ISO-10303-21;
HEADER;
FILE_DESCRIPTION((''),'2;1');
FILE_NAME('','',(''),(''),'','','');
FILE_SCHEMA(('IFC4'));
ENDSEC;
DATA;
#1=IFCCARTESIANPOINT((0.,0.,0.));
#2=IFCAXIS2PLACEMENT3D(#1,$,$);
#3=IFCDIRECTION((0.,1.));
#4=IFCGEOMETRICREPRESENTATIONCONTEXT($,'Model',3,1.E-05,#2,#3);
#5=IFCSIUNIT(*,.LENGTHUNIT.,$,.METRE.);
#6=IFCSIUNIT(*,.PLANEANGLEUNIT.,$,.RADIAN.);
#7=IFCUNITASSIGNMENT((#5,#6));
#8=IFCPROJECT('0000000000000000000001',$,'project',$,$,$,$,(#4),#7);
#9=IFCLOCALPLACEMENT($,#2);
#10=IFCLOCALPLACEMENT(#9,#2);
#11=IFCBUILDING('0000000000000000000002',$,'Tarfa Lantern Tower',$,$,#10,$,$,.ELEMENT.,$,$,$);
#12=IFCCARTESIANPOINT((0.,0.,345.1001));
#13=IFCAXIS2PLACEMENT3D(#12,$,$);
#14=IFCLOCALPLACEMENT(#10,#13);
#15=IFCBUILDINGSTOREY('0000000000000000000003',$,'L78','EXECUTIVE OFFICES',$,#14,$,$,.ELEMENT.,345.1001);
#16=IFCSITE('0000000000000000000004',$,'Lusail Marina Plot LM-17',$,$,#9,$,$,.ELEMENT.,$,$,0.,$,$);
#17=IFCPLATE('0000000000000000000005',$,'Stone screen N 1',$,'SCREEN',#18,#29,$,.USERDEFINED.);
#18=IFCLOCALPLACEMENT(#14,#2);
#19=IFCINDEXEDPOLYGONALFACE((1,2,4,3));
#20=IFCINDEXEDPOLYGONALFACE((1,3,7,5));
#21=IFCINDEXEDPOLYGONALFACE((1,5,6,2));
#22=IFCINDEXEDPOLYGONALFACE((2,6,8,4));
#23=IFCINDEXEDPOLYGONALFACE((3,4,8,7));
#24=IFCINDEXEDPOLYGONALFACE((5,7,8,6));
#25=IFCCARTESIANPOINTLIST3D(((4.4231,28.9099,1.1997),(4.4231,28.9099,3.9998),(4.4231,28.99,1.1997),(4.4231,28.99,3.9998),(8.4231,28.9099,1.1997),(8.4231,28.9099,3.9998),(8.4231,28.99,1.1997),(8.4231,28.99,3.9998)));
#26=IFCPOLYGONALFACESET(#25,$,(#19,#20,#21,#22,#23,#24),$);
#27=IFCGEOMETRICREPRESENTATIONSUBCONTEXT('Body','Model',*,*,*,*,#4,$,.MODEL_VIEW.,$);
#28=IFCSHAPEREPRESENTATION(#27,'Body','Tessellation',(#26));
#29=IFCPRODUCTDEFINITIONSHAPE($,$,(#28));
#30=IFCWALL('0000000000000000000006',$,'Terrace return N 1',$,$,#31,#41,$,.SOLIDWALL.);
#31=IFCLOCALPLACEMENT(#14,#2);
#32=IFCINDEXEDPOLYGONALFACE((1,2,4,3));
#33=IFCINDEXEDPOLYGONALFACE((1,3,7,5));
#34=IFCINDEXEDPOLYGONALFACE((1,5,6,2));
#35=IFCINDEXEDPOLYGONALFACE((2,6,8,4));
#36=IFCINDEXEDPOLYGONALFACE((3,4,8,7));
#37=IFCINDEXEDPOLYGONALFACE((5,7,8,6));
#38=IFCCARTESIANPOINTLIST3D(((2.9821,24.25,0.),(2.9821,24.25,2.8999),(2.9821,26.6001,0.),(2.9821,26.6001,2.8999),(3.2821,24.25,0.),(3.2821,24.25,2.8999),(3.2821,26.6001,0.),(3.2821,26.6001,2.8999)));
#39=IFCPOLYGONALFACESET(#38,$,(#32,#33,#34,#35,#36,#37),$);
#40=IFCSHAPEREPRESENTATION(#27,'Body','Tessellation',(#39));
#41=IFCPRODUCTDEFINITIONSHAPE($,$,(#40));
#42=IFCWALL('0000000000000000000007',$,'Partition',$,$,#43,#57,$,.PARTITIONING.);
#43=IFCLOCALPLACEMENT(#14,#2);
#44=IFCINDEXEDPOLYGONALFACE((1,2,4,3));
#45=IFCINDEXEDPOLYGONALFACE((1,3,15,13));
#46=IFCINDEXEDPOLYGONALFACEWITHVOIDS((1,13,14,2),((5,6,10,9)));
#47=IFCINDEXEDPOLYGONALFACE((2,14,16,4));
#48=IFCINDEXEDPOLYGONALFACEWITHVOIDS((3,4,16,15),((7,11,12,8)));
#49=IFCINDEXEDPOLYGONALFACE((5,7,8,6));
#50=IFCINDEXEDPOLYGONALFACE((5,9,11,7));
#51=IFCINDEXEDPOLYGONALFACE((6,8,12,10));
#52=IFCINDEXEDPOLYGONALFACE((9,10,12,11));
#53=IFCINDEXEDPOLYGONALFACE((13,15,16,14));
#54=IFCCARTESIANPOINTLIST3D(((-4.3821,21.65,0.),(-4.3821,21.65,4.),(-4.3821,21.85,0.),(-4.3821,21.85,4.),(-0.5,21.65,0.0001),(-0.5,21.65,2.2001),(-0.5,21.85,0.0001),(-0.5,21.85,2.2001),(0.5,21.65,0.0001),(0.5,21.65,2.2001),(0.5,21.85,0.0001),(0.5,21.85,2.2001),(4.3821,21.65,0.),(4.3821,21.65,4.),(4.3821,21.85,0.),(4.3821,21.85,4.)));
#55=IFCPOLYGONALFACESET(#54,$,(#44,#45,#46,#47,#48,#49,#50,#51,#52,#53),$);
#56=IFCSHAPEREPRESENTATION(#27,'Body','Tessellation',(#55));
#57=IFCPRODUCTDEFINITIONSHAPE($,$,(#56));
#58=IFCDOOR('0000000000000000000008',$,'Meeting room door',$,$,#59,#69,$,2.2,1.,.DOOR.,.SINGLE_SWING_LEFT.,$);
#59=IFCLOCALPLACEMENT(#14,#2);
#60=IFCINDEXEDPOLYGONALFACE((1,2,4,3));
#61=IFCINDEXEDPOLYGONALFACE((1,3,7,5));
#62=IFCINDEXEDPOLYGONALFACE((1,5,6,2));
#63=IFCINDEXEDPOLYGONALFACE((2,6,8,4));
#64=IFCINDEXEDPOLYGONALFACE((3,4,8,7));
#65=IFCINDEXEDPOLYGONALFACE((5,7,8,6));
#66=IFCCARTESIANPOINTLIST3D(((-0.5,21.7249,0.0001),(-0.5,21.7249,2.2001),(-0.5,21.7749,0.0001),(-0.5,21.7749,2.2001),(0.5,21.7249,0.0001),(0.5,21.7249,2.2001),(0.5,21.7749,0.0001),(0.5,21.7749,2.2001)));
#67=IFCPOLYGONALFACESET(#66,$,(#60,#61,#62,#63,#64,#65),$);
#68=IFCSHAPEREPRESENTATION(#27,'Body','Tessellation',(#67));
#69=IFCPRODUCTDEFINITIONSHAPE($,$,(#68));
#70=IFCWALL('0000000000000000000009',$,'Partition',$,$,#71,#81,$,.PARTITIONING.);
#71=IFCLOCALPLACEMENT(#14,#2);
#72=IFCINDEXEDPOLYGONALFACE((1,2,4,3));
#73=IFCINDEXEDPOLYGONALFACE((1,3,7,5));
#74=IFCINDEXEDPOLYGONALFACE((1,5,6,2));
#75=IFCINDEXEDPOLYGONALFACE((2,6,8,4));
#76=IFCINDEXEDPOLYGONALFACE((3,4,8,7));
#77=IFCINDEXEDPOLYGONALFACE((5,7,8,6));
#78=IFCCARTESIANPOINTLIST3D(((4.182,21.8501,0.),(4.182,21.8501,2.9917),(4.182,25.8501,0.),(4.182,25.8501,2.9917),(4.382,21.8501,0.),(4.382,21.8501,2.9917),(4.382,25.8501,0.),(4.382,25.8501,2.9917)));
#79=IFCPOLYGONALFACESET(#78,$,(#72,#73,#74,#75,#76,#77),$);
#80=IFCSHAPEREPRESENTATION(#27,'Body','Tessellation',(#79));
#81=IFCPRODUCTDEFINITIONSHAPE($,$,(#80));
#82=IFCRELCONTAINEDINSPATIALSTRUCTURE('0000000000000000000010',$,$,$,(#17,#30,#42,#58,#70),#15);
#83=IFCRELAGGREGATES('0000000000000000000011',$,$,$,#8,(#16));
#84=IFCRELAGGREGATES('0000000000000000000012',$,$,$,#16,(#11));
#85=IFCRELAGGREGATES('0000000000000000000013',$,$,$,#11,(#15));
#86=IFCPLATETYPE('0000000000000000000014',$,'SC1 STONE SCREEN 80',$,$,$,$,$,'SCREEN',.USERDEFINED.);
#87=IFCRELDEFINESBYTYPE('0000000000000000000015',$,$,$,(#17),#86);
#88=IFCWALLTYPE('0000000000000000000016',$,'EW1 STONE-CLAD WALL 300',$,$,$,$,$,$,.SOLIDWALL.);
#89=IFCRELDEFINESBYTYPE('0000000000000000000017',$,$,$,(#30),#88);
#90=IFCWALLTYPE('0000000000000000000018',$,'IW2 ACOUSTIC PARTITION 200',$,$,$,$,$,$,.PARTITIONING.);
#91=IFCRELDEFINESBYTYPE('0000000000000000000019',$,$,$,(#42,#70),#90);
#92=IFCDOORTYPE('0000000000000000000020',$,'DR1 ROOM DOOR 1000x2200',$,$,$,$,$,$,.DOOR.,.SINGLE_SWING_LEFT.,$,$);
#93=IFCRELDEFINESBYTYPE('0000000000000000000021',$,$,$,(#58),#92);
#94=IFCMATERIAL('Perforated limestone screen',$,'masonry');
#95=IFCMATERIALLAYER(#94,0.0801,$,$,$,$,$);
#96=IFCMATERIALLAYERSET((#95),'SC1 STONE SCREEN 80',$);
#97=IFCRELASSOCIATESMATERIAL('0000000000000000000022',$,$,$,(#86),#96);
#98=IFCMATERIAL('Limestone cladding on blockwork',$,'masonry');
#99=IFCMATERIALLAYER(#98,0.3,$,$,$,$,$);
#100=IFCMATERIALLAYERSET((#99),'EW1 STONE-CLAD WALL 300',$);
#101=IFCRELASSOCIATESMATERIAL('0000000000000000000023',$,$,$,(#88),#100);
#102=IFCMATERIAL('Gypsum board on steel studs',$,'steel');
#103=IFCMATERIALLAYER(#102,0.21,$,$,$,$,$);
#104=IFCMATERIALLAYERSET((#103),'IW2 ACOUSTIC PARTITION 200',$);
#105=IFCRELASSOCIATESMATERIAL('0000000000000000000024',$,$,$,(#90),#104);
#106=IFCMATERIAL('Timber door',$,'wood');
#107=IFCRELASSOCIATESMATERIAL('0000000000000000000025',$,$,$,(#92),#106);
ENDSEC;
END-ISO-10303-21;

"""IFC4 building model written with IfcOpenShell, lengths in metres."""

from ifc_helpers import new_model, si_unit, direction, frame, frame_2d, origin, origin_2d, place, context, subcontext, project, spatial, rectangle, extrude, material, layer, layer_set, type_object, element, fill, save


model = new_model("IFC4")

# Units and contexts
model_context = context("Model", 3, precision=1e-05, world=origin(), true_north=direction((0.0, 1.0)))
body_context = subcontext(model_context, "Body", "Model", "MODEL_VIEW")
ifc_project = project(units=[si_unit("LENGTHUNIT", "METRE"), si_unit("PLANEANGLEUNIT", "RADIAN")], contexts=[model_context])

# Site, building, storey
site_placement = place(None, origin())
site = spatial("IfcSite", under=ifc_project, at=site_placement, Name="Lusail Marina Plot LM-17", CompositionType="ELEMENT", RefElevation=0.0)
building_placement = place(site_placement, origin())
building = spatial("IfcBuilding", under=site, at=building_placement, Name="Tarfa Lantern Tower", CompositionType="ELEMENT")
storey_placement = place(building_placement, frame((0.0, 0.0, 345.1001)))
storey = spatial("IfcBuildingStorey", under=building, at=storey_placement, Name="L78", Description="EXECUTIVE OFFICES", CompositionType="ELEMENT", Elevation=345.1001)

# Plate
ifc_material_1 = material(Name="Perforated limestone screen", Category="masonry")
ifc_layer_1 = layer(ifc_material_1, 0.0801)
ifc_layer_set_1 = layer_set([ifc_layer_1], Name="SC1 STONE SCREEN 80")
plate_type_1 = type_object("IfcPlateType", Name="SC1 STONE SCREEN 80", ElementType="SCREEN", PredefinedType="USERDEFINED", material=ifc_layer_set_1)
plate_1_placement = place(storey_placement, frame((6.4231, 28.95, 1.1997), z_axis=(0.0, 0.0, 1.0), x_axis=(-1.0, 0.0, 0.0)))
element("IfcPlate", 1, at=plate_1_placement, inside=storey, type_object=plate_type_1, Name="Stone screen N 1", ObjectType="SCREEN", PredefinedType="USERDEFINED", context=body_context, shape_type="SweptSolid", body=[
    extrude(rectangle(XDim=4.0, YDim=0.0801, at=origin_2d()), origin(), (0.0, 0.0, 1.0), 2.8),
])

# Shared definitions
ifc_material_2 = material(Name="Limestone cladding on blockwork", Category="masonry")
ifc_layer_2 = layer(ifc_material_2, 0.3)
ifc_layer_set_2 = layer_set([ifc_layer_2], Name="EW1 STONE-CLAD WALL 300")
wall_type_1 = type_object("IfcWallType", Name="EW1 STONE-CLAD WALL 300", PredefinedType="SOLIDWALL", material=ifc_layer_set_2)

# Wall
wall_1_placement = place(storey_placement, frame((3.1321, 26.6001, 0.0), z_axis=(0.0, 0.0, 1.0), x_axis=(0.0, -1.0, 0.0)))
element("IfcWall", 2, at=wall_1_placement, inside=storey, type_object=wall_type_1, Name="Terrace return N 1", PredefinedType="SOLIDWALL", context=body_context, shape_type="SweptSolid", body=[
    extrude(rectangle(XDim=2.3501, YDim=0.3, at=frame_2d((1.175, 0.0))), origin(), (0.0, 0.0, 1.0), 2.8999),
])

# Wall, opening, door
ifc_material_3 = material(Name="Gypsum board on steel studs", Category="steel")
ifc_layer_3 = layer(ifc_material_3, 0.21)
ifc_layer_set_3 = layer_set([ifc_layer_3], Name="IW2 ACOUSTIC PARTITION 200")
wall_type_2 = type_object("IfcWallType", Name="IW2 ACOUSTIC PARTITION 200", PredefinedType="PARTITIONING", material=ifc_layer_set_3)
wall_2_placement = place(storey_placement, frame((4.3821, 21.75, 0.0), z_axis=(0.0, 0.0, 1.0), x_axis=(-1.0, 0.0, 0.0)))
wall_2 = element("IfcWall", 3, at=wall_2_placement, inside=storey, type_object=wall_type_2, Name="Partition", PredefinedType="PARTITIONING", context=body_context, shape_type="SweptSolid", body=[
    extrude(rectangle(XDim=8.7642, YDim=0.2, at=frame_2d((4.3821, 0.0))), origin(), (0.0, 0.0, 1.0), 4.0),
])
opening_1_placement = place(wall_2_placement, frame((3.8821, 0.0, 0.0)))
opening_1 = element("IfcOpeningElement", 4, at=opening_1_placement, cuts=wall_2, PredefinedType="OPENING", context=body_context, shape_type="SweptSolid", body=[
    extrude(rectangle(XDim=1.0, YDim=2.2, at=frame_2d((0.5, 1.1001))), frame((0.0, 0.1099, 0.0), z_axis=(0.0, -1.0, 0.0), x_axis=(1.0, 0.0, 0.0)), (0.0, 0.0, 1.0), 0.22),
])
ifc_material_4 = material(Name="Timber door", Category="wood")
door_type_1 = type_object("IfcDoorType", Name="DR1 ROOM DOOR 1000x2200", OperationType="SINGLE_SWING_LEFT", PredefinedType="DOOR", material=ifc_material_4)
door_1_placement = place(opening_1_placement, frame((1.0, 0.0, 0.0), z_axis=(0.0, 0.0, 1.0), x_axis=(-1.0, 0.0, 0.0)))
door_1 = element("IfcDoor", 5, at=door_1_placement, inside=storey, type_object=door_type_1, Name="Meeting room door", OperationType="SINGLE_SWING_LEFT", OverallHeight=2.2, OverallWidth=1.0, PredefinedType="DOOR", context=body_context, shape_type="SweptSolid", body=[
    extrude(rectangle(XDim=1.0, YDim=2.2, at=frame_2d((0.5, 1.1001))), frame((0.0, 0.0249, 0.0), z_axis=(0.0, -1.0, 0.0), x_axis=(1.0, 0.0, 0.0)), (0.0, 0.0, 1.0), 0.05),
])
fill(opening_1, door_1)

# Wall
wall_3_placement = place(storey_placement, frame((4.282, 21.8501, 0.0), z_axis=(0.0, 0.0, 1.0), x_axis=(0.0, 1.0, 0.0)))
element("IfcWall", 6, at=wall_3_placement, inside=storey, type_object=wall_type_2, Name="Partition", PredefinedType="PARTITIONING", context=body_context, shape_type="SweptSolid", body=[
    extrude(rectangle(XDim=4.0, YDim=0.2, at=frame_2d((2.0, 0.0))), origin(), (0.0, 0.0, 1.0), 2.9917),
])

save(model, "model.ifc")
